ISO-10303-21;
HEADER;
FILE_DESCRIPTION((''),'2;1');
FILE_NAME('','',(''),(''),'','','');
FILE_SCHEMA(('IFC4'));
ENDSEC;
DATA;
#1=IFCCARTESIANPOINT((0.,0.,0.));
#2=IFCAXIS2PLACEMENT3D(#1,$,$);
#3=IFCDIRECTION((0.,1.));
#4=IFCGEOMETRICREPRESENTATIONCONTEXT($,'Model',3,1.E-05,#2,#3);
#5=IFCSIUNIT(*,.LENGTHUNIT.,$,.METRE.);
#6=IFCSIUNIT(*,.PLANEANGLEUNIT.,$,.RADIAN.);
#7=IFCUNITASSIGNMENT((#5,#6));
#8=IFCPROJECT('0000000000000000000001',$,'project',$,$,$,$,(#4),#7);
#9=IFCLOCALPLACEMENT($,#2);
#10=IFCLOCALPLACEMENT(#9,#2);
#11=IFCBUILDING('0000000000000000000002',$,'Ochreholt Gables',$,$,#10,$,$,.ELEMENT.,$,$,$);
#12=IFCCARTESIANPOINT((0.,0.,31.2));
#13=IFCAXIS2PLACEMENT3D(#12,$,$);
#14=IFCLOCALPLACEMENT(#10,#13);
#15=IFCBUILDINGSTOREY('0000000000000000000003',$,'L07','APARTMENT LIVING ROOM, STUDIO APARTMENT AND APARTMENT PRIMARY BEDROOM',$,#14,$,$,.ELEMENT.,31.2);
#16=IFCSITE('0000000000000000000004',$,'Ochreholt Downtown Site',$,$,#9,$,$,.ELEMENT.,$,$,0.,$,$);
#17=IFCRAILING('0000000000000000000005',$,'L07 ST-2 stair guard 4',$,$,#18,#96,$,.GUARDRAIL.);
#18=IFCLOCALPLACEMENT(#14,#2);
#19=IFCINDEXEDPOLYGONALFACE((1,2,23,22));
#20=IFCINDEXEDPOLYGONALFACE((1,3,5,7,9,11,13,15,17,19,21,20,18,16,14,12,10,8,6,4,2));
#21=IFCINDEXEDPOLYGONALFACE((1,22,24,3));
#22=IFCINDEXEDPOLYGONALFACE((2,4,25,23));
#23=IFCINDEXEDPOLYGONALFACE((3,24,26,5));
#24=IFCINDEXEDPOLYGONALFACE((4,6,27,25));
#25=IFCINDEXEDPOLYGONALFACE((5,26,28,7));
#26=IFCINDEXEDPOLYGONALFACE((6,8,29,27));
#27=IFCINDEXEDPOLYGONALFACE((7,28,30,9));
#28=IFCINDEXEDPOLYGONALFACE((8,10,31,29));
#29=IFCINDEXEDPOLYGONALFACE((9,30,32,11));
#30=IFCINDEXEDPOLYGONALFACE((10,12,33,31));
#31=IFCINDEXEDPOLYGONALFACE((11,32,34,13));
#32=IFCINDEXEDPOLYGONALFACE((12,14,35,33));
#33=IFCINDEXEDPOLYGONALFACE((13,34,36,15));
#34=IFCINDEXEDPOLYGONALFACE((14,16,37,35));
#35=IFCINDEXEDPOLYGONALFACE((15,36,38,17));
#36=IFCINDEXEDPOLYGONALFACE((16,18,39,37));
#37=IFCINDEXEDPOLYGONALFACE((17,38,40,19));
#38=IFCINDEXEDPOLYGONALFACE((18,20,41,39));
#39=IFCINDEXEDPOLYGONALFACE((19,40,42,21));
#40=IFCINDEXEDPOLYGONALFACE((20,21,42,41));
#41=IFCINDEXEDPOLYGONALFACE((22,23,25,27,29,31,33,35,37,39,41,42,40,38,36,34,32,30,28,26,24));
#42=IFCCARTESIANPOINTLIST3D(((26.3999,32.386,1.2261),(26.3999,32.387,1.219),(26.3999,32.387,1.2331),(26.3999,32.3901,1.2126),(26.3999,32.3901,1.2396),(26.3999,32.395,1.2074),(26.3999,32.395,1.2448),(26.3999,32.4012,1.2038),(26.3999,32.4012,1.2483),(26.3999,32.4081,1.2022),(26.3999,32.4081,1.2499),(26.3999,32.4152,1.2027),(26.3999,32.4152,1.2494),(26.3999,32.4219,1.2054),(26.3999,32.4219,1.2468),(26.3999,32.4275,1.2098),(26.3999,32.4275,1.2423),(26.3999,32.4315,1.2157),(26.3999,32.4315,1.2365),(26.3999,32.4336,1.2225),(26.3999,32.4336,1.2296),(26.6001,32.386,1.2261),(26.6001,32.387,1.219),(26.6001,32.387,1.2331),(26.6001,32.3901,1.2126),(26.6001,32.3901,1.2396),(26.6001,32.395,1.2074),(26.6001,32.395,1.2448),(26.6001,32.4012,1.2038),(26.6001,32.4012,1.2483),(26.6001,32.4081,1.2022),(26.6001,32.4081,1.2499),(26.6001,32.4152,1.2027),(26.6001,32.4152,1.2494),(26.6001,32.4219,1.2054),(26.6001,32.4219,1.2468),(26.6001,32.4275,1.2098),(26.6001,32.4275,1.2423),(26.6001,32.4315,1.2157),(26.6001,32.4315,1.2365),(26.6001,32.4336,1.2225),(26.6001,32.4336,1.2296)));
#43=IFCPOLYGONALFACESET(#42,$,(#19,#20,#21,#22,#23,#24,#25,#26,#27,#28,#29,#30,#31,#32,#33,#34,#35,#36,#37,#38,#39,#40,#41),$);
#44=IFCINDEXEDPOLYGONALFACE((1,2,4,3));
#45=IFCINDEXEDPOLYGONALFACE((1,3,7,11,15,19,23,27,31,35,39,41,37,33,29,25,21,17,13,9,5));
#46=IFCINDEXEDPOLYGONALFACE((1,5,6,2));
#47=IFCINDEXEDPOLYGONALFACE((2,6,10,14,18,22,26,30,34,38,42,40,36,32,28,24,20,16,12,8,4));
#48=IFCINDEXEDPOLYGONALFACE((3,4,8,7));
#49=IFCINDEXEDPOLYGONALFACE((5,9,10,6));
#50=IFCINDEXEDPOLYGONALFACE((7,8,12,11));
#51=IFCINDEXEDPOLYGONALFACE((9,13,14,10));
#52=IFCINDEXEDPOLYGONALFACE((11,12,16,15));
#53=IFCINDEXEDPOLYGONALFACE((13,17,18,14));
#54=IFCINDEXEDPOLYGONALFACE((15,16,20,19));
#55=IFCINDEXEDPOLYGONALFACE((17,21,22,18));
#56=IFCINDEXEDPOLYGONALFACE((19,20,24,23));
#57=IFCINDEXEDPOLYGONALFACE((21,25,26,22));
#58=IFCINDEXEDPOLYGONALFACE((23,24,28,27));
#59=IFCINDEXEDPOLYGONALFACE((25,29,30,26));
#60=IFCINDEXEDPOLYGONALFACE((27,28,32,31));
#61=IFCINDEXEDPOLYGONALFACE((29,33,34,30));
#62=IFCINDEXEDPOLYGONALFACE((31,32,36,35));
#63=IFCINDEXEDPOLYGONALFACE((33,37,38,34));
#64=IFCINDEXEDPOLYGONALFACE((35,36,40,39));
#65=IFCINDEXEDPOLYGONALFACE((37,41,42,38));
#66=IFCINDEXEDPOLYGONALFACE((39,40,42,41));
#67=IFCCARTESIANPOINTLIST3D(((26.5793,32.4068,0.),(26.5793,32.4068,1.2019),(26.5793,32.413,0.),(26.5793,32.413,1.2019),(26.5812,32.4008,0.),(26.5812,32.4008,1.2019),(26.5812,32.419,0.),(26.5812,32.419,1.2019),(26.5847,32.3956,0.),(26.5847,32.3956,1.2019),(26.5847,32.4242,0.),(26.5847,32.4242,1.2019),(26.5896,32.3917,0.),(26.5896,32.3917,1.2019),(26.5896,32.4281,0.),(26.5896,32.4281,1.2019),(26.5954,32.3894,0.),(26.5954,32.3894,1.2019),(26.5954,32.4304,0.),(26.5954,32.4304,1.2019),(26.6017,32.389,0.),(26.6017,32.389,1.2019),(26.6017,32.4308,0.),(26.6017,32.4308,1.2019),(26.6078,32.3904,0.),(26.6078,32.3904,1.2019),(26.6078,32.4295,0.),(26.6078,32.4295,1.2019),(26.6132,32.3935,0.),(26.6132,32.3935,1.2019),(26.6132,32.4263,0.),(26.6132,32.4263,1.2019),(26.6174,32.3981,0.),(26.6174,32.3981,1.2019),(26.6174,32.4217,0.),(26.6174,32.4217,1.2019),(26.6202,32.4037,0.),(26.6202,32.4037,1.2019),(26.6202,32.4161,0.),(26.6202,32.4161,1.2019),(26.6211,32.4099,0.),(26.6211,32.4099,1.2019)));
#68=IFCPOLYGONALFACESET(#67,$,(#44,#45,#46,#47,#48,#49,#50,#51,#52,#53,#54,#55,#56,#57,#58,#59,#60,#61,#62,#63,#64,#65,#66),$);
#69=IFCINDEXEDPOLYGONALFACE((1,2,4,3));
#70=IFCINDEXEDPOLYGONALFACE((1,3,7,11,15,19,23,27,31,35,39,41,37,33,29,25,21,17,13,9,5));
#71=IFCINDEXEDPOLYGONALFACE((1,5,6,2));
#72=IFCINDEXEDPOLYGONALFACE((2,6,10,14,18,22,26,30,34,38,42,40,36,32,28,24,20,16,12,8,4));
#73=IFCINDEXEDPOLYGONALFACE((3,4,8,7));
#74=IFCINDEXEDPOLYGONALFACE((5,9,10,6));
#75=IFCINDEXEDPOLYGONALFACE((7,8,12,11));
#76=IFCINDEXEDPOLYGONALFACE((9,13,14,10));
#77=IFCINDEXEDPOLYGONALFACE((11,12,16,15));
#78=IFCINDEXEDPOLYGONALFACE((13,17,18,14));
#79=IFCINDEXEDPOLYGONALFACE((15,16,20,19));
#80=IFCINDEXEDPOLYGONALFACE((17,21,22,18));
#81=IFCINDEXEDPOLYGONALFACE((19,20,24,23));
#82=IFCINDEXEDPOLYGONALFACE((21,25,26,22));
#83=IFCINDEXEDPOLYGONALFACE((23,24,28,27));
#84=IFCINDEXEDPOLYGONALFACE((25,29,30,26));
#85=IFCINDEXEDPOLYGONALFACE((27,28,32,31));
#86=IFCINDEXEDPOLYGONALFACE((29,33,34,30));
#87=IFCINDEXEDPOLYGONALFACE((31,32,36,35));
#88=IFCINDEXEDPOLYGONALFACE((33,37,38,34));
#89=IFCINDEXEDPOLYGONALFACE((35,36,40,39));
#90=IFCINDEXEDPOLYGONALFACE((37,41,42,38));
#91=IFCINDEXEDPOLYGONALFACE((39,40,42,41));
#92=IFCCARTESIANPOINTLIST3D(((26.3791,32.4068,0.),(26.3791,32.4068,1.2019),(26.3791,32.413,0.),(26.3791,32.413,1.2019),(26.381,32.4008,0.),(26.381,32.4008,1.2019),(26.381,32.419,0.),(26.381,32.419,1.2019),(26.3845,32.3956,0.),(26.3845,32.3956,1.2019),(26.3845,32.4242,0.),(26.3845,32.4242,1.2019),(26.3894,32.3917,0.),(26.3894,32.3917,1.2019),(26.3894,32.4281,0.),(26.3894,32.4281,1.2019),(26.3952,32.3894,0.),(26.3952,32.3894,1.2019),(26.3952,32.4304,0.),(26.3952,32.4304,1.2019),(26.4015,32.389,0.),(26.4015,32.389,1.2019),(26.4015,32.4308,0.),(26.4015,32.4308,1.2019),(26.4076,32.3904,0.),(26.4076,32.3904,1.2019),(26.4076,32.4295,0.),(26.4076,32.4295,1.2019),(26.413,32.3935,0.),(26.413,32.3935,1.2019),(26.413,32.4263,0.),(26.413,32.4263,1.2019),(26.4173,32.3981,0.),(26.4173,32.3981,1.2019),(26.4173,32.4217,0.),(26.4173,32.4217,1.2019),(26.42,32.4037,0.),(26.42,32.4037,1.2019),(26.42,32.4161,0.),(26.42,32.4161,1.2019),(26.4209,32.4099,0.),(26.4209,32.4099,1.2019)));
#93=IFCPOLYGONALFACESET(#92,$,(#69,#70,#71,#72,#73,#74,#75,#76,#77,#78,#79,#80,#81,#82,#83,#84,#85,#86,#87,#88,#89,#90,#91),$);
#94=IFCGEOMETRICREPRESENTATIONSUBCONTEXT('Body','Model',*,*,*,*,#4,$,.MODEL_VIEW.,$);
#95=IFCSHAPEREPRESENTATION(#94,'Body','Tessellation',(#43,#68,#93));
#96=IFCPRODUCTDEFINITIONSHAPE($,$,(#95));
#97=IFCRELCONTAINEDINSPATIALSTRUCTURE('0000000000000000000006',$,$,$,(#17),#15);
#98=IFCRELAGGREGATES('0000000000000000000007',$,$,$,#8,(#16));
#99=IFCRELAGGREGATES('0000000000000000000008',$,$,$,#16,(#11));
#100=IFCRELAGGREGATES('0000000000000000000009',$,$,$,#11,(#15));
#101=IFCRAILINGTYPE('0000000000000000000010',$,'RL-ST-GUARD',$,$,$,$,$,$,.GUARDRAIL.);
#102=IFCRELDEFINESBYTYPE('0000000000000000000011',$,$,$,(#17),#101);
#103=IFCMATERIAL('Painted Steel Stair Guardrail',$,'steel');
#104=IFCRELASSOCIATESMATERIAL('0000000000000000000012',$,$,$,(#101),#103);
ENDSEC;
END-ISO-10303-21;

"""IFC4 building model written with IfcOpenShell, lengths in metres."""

from ifc_helpers import new_model, si_unit, direction, frame, origin, origin_2d, place, context, subcontext, project, spatial, circle, extrude, material, type_object, element, save


model = new_model("IFC4")

# Units and contexts
model_context = context("Model", 3, precision=1e-05, world=origin(), true_north=direction((0.0, 1.0)))
body_context = subcontext(model_context, "Body", "Model", "MODEL_VIEW")
ifc_project = project(units=[si_unit("LENGTHUNIT", "METRE"), si_unit("PLANEANGLEUNIT", "RADIAN")], contexts=[model_context])

# Site, building, storey
site_placement = place(None, origin())
site = spatial("IfcSite", under=ifc_project, at=site_placement, Name="Ochreholt Downtown Site", CompositionType="ELEMENT", RefElevation=0.0)
building_placement = place(site_placement, origin())
building = spatial("IfcBuilding", under=site, at=building_placement, Name="Ochreholt Gables", CompositionType="ELEMENT")
storey_placement = place(building_placement, frame((0.0, 0.0, 31.2)))
storey = spatial("IfcBuildingStorey", under=building, at=storey_placement, Name="L07", Description="APARTMENT LIVING ROOM, STUDIO APARTMENT AND APARTMENT PRIMARY BEDROOM", CompositionType="ELEMENT", Elevation=31.2)

# Railing
ifc_material_1 = material(Name="Painted Steel Stair Guardrail", Category="steel")
railing_type_1 = type_object("IfcRailingType", Name="RL-ST-GUARD", PredefinedType="GUARDRAIL", material=ifc_material_1)
railing_1_placement = place(storey_placement, frame((26.6001, 32.4099, 0.0)))
element("IfcRailing", 1, at=railing_1_placement, inside=storey, type_object=railing_type_1, Name="L07 ST-2 stair guard 4", PredefinedType="GUARDRAIL", context=body_context, shape_type="SweptSolid", body=[
    extrude(circle(Radius=0.0239, at=origin_2d()), frame((0.0, 0.0, 1.2261), z_axis=(-1.0, 0.0, 0.0), x_axis=(0.0, -1.0, 0.0)), (0.0, 0.0, 1.0), 0.2002),
    extrude(circle(Radius=0.021, at=origin_2d()), origin(), (0.0, 0.0, 1.0), 1.2019),
    extrude(circle(Radius=0.021, at=origin_2d()), frame((-0.2002, 0.0, 0.0)), (0.0, 0.0, 1.0), 1.2019),
])

save(model, "model.ifc")
